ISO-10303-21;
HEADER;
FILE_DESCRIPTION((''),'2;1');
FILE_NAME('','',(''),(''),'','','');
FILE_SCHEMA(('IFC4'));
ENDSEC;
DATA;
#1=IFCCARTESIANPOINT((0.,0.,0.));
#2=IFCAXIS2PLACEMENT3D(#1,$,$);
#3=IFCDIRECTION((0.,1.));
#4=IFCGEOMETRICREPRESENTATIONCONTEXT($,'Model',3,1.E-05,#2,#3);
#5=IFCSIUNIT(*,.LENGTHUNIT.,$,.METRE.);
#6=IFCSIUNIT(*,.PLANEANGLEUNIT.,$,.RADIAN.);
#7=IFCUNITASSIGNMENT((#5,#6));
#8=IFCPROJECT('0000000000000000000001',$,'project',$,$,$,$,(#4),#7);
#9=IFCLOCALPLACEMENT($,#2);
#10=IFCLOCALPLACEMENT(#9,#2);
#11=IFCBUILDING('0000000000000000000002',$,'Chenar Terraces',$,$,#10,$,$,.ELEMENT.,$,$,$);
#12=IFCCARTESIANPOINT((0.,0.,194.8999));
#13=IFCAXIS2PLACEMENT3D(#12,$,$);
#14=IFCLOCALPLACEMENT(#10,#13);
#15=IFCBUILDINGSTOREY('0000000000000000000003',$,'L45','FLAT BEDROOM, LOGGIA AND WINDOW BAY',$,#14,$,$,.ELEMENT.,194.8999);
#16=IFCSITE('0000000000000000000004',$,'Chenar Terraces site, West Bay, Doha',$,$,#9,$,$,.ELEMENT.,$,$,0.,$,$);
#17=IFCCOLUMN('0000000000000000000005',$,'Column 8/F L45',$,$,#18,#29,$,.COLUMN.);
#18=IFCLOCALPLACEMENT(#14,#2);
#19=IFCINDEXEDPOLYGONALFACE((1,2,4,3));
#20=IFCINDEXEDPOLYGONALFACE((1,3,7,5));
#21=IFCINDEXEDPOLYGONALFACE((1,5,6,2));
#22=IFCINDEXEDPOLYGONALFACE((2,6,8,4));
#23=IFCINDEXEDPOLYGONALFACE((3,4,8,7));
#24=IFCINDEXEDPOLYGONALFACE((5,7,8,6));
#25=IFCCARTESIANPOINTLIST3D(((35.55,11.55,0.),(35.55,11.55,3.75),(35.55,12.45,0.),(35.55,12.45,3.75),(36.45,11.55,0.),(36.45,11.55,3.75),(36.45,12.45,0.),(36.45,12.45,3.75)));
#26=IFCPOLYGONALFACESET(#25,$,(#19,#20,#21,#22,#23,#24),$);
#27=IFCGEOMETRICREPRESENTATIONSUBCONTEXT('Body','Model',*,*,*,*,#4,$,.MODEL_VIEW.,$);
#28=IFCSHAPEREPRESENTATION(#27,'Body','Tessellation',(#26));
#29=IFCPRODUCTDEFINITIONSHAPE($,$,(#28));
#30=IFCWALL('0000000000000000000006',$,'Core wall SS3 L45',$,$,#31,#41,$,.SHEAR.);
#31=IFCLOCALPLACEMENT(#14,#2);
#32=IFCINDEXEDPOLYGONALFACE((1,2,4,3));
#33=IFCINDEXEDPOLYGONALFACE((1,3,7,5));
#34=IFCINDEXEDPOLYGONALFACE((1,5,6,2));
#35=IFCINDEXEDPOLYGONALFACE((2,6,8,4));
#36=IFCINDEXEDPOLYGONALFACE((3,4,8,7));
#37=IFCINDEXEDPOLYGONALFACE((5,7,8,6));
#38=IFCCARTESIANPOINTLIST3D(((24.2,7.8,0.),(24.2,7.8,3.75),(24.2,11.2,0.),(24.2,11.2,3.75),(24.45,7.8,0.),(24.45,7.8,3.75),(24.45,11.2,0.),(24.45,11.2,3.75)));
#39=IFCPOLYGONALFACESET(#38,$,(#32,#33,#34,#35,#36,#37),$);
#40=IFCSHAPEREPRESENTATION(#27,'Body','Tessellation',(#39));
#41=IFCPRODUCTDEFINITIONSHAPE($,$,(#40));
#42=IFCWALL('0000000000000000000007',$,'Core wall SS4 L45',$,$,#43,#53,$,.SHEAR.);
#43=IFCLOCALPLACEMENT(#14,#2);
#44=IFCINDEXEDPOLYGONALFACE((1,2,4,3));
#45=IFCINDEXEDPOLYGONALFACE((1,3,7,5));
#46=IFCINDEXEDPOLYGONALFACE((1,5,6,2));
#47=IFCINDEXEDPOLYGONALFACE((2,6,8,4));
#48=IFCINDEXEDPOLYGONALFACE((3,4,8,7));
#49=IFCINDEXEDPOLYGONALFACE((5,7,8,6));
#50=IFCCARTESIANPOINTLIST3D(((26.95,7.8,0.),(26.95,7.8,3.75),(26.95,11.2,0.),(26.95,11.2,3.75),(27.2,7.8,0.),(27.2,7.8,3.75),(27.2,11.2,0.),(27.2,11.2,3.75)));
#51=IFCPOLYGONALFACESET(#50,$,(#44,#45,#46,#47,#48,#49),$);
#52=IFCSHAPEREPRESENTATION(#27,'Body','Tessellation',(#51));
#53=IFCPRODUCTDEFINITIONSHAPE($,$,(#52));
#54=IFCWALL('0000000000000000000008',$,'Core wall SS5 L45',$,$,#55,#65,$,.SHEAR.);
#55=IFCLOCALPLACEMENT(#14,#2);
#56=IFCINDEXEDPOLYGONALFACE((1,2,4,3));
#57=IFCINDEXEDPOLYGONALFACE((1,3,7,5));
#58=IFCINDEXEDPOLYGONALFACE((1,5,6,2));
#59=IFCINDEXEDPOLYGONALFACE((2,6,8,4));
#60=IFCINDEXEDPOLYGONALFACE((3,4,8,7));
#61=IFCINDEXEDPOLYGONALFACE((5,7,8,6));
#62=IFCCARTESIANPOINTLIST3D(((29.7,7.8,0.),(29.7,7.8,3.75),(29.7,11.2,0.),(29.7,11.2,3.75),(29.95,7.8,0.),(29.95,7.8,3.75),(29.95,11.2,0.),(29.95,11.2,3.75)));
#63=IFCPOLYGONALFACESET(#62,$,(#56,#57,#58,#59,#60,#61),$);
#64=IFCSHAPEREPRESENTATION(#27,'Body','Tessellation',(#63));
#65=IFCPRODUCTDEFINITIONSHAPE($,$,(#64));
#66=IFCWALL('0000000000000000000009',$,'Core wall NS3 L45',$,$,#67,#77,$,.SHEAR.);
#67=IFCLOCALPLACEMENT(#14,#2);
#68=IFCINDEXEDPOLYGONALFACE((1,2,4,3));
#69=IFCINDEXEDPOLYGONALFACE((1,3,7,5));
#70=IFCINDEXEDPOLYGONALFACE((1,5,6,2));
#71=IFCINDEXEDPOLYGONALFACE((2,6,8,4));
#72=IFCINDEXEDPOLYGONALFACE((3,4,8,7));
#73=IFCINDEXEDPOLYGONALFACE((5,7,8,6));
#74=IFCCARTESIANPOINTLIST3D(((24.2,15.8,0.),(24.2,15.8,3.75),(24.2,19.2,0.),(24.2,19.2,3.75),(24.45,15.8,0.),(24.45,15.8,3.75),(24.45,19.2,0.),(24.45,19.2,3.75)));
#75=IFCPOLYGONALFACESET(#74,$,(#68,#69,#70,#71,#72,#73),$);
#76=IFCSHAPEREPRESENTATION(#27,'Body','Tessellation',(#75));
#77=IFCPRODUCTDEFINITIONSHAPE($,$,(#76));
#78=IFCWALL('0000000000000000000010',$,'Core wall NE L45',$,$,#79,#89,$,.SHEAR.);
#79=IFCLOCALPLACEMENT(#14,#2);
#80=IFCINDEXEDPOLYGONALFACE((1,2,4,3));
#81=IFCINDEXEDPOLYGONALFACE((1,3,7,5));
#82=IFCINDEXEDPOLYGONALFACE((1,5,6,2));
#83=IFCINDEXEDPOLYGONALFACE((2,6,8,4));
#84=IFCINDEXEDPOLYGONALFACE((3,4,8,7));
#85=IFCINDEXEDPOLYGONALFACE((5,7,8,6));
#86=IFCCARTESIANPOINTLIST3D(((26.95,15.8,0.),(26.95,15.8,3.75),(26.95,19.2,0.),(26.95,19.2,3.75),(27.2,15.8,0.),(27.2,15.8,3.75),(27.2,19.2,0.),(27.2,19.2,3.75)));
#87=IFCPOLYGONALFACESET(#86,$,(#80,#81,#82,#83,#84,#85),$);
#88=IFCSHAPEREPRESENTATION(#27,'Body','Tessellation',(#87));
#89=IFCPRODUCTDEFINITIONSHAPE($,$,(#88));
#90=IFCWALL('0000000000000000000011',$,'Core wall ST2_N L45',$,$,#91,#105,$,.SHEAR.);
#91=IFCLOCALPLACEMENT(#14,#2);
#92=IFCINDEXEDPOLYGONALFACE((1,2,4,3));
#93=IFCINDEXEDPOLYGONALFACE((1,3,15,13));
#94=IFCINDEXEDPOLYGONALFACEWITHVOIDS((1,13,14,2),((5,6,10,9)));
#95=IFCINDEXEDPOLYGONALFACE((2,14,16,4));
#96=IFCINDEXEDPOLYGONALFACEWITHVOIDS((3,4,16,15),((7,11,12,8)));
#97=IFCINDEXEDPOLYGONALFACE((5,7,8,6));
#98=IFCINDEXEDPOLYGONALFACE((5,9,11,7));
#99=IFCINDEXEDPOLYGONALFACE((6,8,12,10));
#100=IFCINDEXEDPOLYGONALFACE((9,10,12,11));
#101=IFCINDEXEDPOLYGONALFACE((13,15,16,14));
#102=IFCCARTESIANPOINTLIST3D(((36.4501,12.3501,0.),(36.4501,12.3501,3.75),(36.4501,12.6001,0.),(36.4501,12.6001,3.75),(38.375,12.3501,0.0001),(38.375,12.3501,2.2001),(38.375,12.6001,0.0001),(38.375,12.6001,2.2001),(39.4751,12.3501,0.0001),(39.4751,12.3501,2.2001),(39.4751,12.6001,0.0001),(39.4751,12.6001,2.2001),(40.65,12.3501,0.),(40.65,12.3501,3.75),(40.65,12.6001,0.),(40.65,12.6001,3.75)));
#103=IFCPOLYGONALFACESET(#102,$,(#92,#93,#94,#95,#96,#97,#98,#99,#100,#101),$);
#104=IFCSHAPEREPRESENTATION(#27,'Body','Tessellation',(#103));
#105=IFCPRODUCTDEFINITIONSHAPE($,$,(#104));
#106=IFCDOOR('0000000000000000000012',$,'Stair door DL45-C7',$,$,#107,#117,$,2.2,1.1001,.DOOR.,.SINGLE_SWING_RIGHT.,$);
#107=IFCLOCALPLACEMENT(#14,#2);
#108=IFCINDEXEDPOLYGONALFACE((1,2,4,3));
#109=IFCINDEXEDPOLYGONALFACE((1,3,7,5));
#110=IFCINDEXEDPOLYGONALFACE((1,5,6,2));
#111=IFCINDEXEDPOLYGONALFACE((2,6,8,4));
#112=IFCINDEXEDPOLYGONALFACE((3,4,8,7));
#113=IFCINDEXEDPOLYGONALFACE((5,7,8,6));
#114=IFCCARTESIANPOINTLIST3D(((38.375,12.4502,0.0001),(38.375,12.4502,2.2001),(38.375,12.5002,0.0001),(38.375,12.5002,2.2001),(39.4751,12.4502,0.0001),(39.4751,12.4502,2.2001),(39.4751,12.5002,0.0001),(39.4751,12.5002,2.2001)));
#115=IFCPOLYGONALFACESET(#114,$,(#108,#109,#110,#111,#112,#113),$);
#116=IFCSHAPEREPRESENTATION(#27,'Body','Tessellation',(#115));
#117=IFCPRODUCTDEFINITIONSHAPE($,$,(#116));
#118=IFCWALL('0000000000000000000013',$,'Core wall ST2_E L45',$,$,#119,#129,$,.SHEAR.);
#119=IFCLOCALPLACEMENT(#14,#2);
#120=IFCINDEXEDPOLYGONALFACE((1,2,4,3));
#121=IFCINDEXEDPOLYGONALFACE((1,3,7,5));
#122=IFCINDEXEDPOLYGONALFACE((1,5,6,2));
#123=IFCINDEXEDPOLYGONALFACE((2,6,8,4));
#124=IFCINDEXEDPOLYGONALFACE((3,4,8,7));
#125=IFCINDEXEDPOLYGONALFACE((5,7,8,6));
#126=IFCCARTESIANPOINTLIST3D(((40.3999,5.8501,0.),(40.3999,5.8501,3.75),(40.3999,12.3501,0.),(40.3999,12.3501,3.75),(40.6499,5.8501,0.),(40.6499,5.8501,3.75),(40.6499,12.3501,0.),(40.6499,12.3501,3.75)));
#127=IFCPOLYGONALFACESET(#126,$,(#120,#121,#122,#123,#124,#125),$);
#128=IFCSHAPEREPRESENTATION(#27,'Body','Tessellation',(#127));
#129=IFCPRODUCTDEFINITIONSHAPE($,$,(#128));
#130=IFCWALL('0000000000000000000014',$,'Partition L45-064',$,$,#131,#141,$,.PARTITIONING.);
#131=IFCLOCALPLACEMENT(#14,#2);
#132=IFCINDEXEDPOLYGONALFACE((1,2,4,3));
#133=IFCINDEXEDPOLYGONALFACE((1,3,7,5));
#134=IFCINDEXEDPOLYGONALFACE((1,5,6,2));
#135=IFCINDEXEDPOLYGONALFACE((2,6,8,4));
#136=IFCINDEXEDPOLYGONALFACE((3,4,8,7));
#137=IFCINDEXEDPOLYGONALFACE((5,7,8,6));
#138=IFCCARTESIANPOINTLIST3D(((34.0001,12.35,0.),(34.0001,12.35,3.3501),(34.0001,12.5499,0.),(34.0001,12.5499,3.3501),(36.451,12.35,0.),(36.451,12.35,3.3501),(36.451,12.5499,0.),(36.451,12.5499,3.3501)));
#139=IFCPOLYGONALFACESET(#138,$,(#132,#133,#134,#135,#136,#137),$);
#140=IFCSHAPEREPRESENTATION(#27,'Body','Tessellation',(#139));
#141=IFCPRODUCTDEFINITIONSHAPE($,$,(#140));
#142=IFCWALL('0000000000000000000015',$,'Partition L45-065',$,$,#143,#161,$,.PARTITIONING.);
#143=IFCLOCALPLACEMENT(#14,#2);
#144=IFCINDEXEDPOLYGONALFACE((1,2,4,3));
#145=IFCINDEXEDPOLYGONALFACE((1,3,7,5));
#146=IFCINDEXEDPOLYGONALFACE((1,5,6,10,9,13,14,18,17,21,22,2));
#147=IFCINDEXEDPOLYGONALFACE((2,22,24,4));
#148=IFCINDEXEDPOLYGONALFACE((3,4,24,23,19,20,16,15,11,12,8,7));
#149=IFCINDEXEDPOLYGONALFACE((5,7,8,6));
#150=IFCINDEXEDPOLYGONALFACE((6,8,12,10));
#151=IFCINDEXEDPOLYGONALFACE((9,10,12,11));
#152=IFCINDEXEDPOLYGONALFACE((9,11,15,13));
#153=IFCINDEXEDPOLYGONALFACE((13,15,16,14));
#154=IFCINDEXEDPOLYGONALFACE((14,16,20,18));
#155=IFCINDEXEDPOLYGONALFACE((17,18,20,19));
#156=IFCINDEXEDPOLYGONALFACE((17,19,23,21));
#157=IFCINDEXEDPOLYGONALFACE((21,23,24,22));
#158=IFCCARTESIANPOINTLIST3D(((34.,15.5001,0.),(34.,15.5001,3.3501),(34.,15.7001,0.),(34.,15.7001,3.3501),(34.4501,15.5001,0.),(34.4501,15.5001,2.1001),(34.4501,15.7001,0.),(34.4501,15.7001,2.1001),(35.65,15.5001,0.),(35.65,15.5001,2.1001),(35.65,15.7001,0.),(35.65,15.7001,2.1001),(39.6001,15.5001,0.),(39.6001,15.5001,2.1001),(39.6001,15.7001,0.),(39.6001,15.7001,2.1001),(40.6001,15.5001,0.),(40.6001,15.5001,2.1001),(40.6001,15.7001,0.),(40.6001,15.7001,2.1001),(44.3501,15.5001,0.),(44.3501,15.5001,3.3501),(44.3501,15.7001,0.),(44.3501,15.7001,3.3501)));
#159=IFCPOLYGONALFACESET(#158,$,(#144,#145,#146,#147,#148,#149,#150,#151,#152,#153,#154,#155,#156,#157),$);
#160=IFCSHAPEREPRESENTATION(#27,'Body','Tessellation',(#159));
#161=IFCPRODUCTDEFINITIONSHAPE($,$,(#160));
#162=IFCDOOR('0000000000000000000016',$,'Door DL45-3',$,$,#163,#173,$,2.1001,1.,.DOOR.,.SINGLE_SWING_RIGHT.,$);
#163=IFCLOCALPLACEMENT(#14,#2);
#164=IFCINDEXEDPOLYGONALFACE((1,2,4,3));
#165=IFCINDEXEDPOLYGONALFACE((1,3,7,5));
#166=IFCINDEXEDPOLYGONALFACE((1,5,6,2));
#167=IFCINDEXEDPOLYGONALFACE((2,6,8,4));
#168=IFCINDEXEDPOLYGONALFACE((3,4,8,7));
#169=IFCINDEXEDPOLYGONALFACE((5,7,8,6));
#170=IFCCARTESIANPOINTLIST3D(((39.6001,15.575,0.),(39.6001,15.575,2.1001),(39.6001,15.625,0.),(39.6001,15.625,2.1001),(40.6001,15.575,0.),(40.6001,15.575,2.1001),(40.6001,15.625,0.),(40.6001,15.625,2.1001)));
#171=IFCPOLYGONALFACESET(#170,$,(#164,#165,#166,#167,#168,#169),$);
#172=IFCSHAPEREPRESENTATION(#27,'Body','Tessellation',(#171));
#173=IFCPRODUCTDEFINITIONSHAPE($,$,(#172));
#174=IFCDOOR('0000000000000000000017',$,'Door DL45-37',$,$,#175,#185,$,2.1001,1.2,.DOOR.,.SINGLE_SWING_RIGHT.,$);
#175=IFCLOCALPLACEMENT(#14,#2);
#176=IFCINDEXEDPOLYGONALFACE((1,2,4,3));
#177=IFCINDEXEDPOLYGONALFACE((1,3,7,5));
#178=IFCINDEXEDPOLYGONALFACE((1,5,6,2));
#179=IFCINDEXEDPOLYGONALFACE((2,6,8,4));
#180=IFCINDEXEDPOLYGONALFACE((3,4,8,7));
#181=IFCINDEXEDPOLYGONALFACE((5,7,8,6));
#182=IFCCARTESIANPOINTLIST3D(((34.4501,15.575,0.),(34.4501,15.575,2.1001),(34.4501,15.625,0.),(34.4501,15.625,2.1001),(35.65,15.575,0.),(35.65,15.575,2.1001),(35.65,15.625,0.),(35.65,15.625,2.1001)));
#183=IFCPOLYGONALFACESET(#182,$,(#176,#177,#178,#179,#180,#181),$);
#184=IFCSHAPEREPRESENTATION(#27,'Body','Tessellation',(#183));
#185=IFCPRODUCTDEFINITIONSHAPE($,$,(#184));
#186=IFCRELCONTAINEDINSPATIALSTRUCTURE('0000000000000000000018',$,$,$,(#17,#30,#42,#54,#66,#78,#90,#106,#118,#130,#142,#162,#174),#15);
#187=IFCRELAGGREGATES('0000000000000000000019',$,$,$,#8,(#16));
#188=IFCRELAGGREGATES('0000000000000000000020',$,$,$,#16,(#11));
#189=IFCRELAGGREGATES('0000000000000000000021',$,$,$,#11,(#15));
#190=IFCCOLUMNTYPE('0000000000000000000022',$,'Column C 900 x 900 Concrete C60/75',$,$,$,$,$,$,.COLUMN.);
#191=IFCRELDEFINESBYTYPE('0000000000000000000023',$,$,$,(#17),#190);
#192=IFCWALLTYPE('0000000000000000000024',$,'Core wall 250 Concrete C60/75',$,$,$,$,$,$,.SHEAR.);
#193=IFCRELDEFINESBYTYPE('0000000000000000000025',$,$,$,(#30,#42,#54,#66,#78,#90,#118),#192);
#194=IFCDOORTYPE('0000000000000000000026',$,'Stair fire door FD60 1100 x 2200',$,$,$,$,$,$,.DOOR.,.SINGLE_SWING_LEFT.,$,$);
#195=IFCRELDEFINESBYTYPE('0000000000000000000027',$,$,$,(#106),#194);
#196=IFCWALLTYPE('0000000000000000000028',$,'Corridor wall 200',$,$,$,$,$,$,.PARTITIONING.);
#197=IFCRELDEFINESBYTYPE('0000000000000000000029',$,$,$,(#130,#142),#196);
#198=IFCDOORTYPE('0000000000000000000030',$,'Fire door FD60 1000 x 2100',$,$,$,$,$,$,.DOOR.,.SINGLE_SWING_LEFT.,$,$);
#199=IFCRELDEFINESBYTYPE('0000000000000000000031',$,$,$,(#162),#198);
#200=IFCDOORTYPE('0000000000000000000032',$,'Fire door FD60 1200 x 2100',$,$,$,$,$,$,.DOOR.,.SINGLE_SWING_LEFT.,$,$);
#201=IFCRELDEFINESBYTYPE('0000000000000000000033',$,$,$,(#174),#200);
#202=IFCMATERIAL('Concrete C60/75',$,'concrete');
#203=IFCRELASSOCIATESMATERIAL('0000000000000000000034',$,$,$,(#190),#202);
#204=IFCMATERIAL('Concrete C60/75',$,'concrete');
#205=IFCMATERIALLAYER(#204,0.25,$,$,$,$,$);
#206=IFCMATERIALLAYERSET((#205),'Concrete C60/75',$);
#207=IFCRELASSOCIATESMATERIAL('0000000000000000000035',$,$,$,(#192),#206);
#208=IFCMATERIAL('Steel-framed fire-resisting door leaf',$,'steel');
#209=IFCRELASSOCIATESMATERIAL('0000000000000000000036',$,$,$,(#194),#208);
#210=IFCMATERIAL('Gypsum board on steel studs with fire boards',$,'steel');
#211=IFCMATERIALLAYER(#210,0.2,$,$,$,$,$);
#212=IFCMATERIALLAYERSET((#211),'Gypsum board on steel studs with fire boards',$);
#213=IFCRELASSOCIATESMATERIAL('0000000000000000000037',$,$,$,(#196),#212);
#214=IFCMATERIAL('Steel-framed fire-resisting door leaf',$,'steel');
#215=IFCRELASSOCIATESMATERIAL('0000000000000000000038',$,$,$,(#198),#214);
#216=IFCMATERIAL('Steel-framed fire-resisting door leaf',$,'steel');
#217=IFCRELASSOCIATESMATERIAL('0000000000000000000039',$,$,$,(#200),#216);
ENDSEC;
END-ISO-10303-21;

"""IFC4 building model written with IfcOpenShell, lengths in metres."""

from ifc_helpers import new_model, si_unit, direction, frame, frame_2d, origin, origin_2d, place, context, subcontext, project, spatial, rectangle, extrude, material, layer, layer_set, material_profile, profile_set, type_object, element, fill, save


model = new_model("IFC4")

# Units and contexts
model_context = context("Model", 3, precision=1e-05, world=origin(), true_north=direction((0.0, 1.0)))
body_context = subcontext(model_context, "Body", "Model", "MODEL_VIEW")
ifc_project = project(units=[si_unit("LENGTHUNIT", "METRE"), si_unit("PLANEANGLEUNIT", "RADIAN")], contexts=[model_context])

# Site, building, storey
site_placement = place(None, origin())
site = spatial("IfcSite", under=ifc_project, at=site_placement, Name="Chenar Terraces site, West Bay, Doha", CompositionType="ELEMENT", RefElevation=0.0)
building_placement = place(site_placement, origin())
building = spatial("IfcBuilding", under=site, at=building_placement, Name="Chenar Terraces", CompositionType="ELEMENT")
storey_placement = place(building_placement, frame((0.0, 0.0, 194.8999)))
storey = spatial("IfcBuildingStorey", under=building, at=storey_placement, Name="L45", Description="FLAT BEDROOM, LOGGIA AND WINDOW BAY", CompositionType="ELEMENT", Elevation=194.8999)

# Column
ifc_material_1 = material(Name="Concrete C60/75", Category="concrete")
ifc_material_profile = material_profile(ifc_material_1, rectangle(XDim=0.8999, YDim=0.8999, at=origin_2d()), Name="C 900 x 900")
ifc_profile_set = profile_set([ifc_material_profile], Name="Concrete C60/75")
column_type = type_object("IfcColumnType", Name="Column C 900 x 900 Concrete C60/75", PredefinedType="COLUMN", material=ifc_profile_set)
column_placement = place(storey_placement, frame((36.0, 12.0, 0.0), z_axis=(0.0, 0.0, 1.0), x_axis=(1.0, 0.0, 0.0)))
element("IfcColumn", 1, at=column_placement, inside=storey, type_object=column_type, Name="Column 8/F L45", PredefinedType="COLUMN", context=body_context, shape_type="SweptSolid", body=[
    extrude(rectangle(XDim=0.8999, YDim=0.8999, at=origin_2d()), origin(), (0.0, 0.0, 1.0), 3.75),
])

# Walls
ifc_material_2 = material(Name="Concrete C60/75", Category="concrete")
ifc_layer_1 = layer(ifc_material_2, 0.25)
ifc_layer_set_1 = layer_set([ifc_layer_1], Name="Concrete C60/75")
wall_type_1 = type_object("IfcWallType", Name="Core wall 250 Concrete C60/75", PredefinedType="SHEAR", material=ifc_layer_set_1)
for number, where, z_axis, x_axis, name in (
    (2, (24.325, 7.8, 0.0), (0.0, 0.0, 1.0), (0.0, 1.0, 0.0), "Core wall SS3 L45"),
    (3, (27.075, 7.8, 0.0), (0.0, 0.0, 1.0), (0.0, 1.0, 0.0), "Core wall SS4 L45"),
    (4, (29.825, 7.8, 0.0), (0.0, 0.0, 1.0), (0.0, 1.0, 0.0), "Core wall SS5 L45"),
    (5, (24.325, 15.8, 0.0), (0.0, 0.0, 1.0), (0.0, 1.0, 0.0), "Core wall NS3 L45"),
    (6, (27.075, 15.8, 0.0), (0.0, 0.0, 1.0), (0.0, 1.0, 0.0), "Core wall NE L45"),
):
    element("IfcWall", number, at=place(storey_placement, frame(where, z_axis=z_axis, x_axis=x_axis)), inside=storey, type_object=wall_type_1, Name=name, PredefinedType="SHEAR", context=body_context, shape_type="SweptSolid", body=[
        extrude(rectangle(XDim=3.3999, YDim=0.25, at=frame_2d((1.7, 0.0))), origin(), (0.0, 0.0, 1.0), 3.75),
    ])

# Wall, opening, door
wall_1_placement = place(storey_placement, frame((36.45, 12.4751, 0.0), z_axis=(0.0, 0.0, 1.0), x_axis=(1.0, 0.0, 0.0)))
wall_1 = element("IfcWall", 7, at=wall_1_placement, inside=storey, type_object=wall_type_1, Name="Core wall ST2_N L45", PredefinedType="SHEAR", context=body_context, shape_type="SweptSolid", body=[
    extrude(rectangle(XDim=4.2, YDim=0.25, at=frame_2d((2.1001, 0.0))), origin(), (0.0, 0.0, 1.0), 3.75),
])
opening_1_placement = place(wall_1_placement, frame((1.925, 0.0, 0.0)))
opening_1 = element("IfcOpeningElement", 8, at=opening_1_placement, cuts=wall_1, PredefinedType="OPENING", context=body_context, shape_type="SweptSolid", body=[
    extrude(rectangle(XDim=1.1001, YDim=2.2, at=frame_2d((0.55, 1.1001))), frame((0.0, 0.135, 0.0), z_axis=(0.0, -1.0, 0.0), x_axis=(1.0, 0.0, 0.0)), (0.0, 0.0, 1.0), 0.27),
])
ifc_material_3 = material(Name="Steel-framed fire-resisting door leaf", Category="steel")
door_type_1 = type_object("IfcDoorType", Name="Stair fire door FD60 1100 x 2200", OperationType="SINGLE_SWING_LEFT", PredefinedType="DOOR", material=ifc_material_3)
door_1_placement = place(opening_1_placement, frame((1.1001, 0.0, 0.0), z_axis=(0.0, 0.0, 1.0), x_axis=(-1.0, 0.0, 0.0)))
door_1 = element("IfcDoor", 9, at=door_1_placement, inside=storey, type_object=door_type_1, Name="Stair door DL45-C7", OperationType="SINGLE_SWING_RIGHT", OverallHeight=2.2, OverallWidth=1.1001, PredefinedType="DOOR", context=body_context, shape_type="SweptSolid", body=[
    extrude(rectangle(XDim=1.1001, YDim=2.2, at=frame_2d((0.55, 1.1001))), frame((0.0, 0.0249, 0.0), z_axis=(0.0, -1.0, 0.0), x_axis=(1.0, 0.0, 0.0)), (0.0, 0.0, 1.0), 0.05),
])
fill(opening_1, door_1)

# Wall
wall_2_placement = place(storey_placement, frame((40.5249, 5.8501, 0.0), z_axis=(0.0, 0.0, 1.0), x_axis=(0.0, 1.0, 0.0)))
element("IfcWall", 10, at=wall_2_placement, inside=storey, type_object=wall_type_1, Name="Core wall ST2_E L45", PredefinedType="SHEAR", context=body_context, shape_type="SweptSolid", body=[
    extrude(rectangle(XDim=6.5, YDim=0.25, at=frame_2d((3.25, 0.0))), origin(), (0.0, 0.0, 1.0), 3.75),
])

# Wall
ifc_material_4 = material(Name="Gypsum board on steel studs with fire boards", Category="steel")
ifc_layer_2 = layer(ifc_material_4, 0.2)
ifc_layer_set_2 = layer_set([ifc_layer_2], Name="Gypsum board on steel studs with fire boards")
wall_type_2 = type_object("IfcWallType", Name="Corridor wall 200", PredefinedType="PARTITIONING", material=ifc_layer_set_2)
wall_3_placement = place(storey_placement, frame((34.0, 12.45, 0.0), z_axis=(0.0, 0.0, 1.0), x_axis=(1.0, 0.0, 0.0)))
element("IfcWall", 11, at=wall_3_placement, inside=storey, type_object=wall_type_2, Name="Partition L45-064", PredefinedType="PARTITIONING", context=body_context, shape_type="SweptSolid", body=[
    extrude(rectangle(XDim=2.4509, YDim=0.2, at=frame_2d((1.2256, 0.0))), origin(), (0.0, 0.0, 1.0), 3.3501),
])

# Wall, openings, doors
wall_4_placement = place(storey_placement, frame((34.0, 15.6001, 0.0), z_axis=(0.0, 0.0, 1.0), x_axis=(1.0, 0.0, 0.0)))
wall_4 = element("IfcWall", 12, at=wall_4_placement, inside=storey, type_object=wall_type_2, Name="Partition L45-065", PredefinedType="PARTITIONING", context=body_context, shape_type="SweptSolid", body=[
    extrude(rectangle(XDim=10.3501, YDim=0.2, at=frame_2d((5.175, 0.0))), origin(), (0.0, 0.0, 1.0), 3.3501),
])
opening_2_placement = place(wall_4_placement, frame((5.6001, 0.0, 0.0)))
opening_2 = element("IfcOpeningElement", 13, at=opening_2_placement, cuts=wall_4, PredefinedType="OPENING", context=body_context, shape_type="SweptSolid", body=[
    extrude(rectangle(XDim=1.0, YDim=2.1001, at=frame_2d((0.5, 1.05))), frame((0.0, 0.1099, 0.0), z_axis=(0.0, -1.0, 0.0), x_axis=(1.0, 0.0, 0.0)), (0.0, 0.0, 1.0), 0.22),
])
opening_3_placement = place(wall_4_placement, frame((0.45, 0.0, 0.0)))
opening_3 = element("IfcOpeningElement", 14, at=opening_3_placement, cuts=wall_4, PredefinedType="OPENING", context=body_context, shape_type="SweptSolid", body=[
    extrude(rectangle(XDim=1.2, YDim=2.1001, at=frame_2d((0.6001, 1.05))), frame((0.0, 0.1099, 0.0), z_axis=(0.0, -1.0, 0.0), x_axis=(1.0, 0.0, 0.0)), (0.0, 0.0, 1.0), 0.22),
])
ifc_material_5 = material(Name="Steel-framed fire-resisting door leaf", Category="steel")
door_type_2 = type_object("IfcDoorType", Name="Fire door FD60 1000 x 2100", OperationType="SINGLE_SWING_LEFT", PredefinedType="DOOR", material=ifc_material_5)
door_2_placement = place(opening_2_placement, origin())
door_2 = element("IfcDoor", 15, at=door_2_placement, inside=storey, type_object=door_type_2, Name="Door DL45-3", OperationType="SINGLE_SWING_RIGHT", OverallHeight=2.1001, OverallWidth=1.0, PredefinedType="DOOR", context=body_context, shape_type="SweptSolid", body=[
    extrude(rectangle(XDim=1.0, YDim=2.1001, at=frame_2d((0.5, 1.05))), frame((0.0, 0.0249, 0.0), z_axis=(0.0, -1.0, 0.0), x_axis=(1.0, 0.0, 0.0)), (0.0, 0.0, 1.0), 0.05),
])
fill(opening_2, door_2)
ifc_material_6 = material(Name="Steel-framed fire-resisting door leaf", Category="steel")
door_type_3 = type_object("IfcDoorType", Name="Fire door FD60 1200 x 2100", OperationType="SINGLE_SWING_LEFT", PredefinedType="DOOR", material=ifc_material_6)
door_3_placement = place(opening_3_placement, origin())
door_3 = element("IfcDoor", 16, at=door_3_placement, inside=storey, type_object=door_type_3, Name="Door DL45-37", OperationType="SINGLE_SWING_RIGHT", OverallHeight=2.1001, OverallWidth=1.2, PredefinedType="DOOR", context=body_context, shape_type="SweptSolid", body=[
    extrude(rectangle(XDim=1.2, YDim=2.1001, at=frame_2d((0.6001, 1.05))), frame((0.0, 0.0249, 0.0), z_axis=(0.0, -1.0, 0.0), x_axis=(1.0, 0.0, 0.0)), (0.0, 0.0, 1.0), 0.05),
])
fill(opening_3, door_3)

save(model, "model.ifc")
